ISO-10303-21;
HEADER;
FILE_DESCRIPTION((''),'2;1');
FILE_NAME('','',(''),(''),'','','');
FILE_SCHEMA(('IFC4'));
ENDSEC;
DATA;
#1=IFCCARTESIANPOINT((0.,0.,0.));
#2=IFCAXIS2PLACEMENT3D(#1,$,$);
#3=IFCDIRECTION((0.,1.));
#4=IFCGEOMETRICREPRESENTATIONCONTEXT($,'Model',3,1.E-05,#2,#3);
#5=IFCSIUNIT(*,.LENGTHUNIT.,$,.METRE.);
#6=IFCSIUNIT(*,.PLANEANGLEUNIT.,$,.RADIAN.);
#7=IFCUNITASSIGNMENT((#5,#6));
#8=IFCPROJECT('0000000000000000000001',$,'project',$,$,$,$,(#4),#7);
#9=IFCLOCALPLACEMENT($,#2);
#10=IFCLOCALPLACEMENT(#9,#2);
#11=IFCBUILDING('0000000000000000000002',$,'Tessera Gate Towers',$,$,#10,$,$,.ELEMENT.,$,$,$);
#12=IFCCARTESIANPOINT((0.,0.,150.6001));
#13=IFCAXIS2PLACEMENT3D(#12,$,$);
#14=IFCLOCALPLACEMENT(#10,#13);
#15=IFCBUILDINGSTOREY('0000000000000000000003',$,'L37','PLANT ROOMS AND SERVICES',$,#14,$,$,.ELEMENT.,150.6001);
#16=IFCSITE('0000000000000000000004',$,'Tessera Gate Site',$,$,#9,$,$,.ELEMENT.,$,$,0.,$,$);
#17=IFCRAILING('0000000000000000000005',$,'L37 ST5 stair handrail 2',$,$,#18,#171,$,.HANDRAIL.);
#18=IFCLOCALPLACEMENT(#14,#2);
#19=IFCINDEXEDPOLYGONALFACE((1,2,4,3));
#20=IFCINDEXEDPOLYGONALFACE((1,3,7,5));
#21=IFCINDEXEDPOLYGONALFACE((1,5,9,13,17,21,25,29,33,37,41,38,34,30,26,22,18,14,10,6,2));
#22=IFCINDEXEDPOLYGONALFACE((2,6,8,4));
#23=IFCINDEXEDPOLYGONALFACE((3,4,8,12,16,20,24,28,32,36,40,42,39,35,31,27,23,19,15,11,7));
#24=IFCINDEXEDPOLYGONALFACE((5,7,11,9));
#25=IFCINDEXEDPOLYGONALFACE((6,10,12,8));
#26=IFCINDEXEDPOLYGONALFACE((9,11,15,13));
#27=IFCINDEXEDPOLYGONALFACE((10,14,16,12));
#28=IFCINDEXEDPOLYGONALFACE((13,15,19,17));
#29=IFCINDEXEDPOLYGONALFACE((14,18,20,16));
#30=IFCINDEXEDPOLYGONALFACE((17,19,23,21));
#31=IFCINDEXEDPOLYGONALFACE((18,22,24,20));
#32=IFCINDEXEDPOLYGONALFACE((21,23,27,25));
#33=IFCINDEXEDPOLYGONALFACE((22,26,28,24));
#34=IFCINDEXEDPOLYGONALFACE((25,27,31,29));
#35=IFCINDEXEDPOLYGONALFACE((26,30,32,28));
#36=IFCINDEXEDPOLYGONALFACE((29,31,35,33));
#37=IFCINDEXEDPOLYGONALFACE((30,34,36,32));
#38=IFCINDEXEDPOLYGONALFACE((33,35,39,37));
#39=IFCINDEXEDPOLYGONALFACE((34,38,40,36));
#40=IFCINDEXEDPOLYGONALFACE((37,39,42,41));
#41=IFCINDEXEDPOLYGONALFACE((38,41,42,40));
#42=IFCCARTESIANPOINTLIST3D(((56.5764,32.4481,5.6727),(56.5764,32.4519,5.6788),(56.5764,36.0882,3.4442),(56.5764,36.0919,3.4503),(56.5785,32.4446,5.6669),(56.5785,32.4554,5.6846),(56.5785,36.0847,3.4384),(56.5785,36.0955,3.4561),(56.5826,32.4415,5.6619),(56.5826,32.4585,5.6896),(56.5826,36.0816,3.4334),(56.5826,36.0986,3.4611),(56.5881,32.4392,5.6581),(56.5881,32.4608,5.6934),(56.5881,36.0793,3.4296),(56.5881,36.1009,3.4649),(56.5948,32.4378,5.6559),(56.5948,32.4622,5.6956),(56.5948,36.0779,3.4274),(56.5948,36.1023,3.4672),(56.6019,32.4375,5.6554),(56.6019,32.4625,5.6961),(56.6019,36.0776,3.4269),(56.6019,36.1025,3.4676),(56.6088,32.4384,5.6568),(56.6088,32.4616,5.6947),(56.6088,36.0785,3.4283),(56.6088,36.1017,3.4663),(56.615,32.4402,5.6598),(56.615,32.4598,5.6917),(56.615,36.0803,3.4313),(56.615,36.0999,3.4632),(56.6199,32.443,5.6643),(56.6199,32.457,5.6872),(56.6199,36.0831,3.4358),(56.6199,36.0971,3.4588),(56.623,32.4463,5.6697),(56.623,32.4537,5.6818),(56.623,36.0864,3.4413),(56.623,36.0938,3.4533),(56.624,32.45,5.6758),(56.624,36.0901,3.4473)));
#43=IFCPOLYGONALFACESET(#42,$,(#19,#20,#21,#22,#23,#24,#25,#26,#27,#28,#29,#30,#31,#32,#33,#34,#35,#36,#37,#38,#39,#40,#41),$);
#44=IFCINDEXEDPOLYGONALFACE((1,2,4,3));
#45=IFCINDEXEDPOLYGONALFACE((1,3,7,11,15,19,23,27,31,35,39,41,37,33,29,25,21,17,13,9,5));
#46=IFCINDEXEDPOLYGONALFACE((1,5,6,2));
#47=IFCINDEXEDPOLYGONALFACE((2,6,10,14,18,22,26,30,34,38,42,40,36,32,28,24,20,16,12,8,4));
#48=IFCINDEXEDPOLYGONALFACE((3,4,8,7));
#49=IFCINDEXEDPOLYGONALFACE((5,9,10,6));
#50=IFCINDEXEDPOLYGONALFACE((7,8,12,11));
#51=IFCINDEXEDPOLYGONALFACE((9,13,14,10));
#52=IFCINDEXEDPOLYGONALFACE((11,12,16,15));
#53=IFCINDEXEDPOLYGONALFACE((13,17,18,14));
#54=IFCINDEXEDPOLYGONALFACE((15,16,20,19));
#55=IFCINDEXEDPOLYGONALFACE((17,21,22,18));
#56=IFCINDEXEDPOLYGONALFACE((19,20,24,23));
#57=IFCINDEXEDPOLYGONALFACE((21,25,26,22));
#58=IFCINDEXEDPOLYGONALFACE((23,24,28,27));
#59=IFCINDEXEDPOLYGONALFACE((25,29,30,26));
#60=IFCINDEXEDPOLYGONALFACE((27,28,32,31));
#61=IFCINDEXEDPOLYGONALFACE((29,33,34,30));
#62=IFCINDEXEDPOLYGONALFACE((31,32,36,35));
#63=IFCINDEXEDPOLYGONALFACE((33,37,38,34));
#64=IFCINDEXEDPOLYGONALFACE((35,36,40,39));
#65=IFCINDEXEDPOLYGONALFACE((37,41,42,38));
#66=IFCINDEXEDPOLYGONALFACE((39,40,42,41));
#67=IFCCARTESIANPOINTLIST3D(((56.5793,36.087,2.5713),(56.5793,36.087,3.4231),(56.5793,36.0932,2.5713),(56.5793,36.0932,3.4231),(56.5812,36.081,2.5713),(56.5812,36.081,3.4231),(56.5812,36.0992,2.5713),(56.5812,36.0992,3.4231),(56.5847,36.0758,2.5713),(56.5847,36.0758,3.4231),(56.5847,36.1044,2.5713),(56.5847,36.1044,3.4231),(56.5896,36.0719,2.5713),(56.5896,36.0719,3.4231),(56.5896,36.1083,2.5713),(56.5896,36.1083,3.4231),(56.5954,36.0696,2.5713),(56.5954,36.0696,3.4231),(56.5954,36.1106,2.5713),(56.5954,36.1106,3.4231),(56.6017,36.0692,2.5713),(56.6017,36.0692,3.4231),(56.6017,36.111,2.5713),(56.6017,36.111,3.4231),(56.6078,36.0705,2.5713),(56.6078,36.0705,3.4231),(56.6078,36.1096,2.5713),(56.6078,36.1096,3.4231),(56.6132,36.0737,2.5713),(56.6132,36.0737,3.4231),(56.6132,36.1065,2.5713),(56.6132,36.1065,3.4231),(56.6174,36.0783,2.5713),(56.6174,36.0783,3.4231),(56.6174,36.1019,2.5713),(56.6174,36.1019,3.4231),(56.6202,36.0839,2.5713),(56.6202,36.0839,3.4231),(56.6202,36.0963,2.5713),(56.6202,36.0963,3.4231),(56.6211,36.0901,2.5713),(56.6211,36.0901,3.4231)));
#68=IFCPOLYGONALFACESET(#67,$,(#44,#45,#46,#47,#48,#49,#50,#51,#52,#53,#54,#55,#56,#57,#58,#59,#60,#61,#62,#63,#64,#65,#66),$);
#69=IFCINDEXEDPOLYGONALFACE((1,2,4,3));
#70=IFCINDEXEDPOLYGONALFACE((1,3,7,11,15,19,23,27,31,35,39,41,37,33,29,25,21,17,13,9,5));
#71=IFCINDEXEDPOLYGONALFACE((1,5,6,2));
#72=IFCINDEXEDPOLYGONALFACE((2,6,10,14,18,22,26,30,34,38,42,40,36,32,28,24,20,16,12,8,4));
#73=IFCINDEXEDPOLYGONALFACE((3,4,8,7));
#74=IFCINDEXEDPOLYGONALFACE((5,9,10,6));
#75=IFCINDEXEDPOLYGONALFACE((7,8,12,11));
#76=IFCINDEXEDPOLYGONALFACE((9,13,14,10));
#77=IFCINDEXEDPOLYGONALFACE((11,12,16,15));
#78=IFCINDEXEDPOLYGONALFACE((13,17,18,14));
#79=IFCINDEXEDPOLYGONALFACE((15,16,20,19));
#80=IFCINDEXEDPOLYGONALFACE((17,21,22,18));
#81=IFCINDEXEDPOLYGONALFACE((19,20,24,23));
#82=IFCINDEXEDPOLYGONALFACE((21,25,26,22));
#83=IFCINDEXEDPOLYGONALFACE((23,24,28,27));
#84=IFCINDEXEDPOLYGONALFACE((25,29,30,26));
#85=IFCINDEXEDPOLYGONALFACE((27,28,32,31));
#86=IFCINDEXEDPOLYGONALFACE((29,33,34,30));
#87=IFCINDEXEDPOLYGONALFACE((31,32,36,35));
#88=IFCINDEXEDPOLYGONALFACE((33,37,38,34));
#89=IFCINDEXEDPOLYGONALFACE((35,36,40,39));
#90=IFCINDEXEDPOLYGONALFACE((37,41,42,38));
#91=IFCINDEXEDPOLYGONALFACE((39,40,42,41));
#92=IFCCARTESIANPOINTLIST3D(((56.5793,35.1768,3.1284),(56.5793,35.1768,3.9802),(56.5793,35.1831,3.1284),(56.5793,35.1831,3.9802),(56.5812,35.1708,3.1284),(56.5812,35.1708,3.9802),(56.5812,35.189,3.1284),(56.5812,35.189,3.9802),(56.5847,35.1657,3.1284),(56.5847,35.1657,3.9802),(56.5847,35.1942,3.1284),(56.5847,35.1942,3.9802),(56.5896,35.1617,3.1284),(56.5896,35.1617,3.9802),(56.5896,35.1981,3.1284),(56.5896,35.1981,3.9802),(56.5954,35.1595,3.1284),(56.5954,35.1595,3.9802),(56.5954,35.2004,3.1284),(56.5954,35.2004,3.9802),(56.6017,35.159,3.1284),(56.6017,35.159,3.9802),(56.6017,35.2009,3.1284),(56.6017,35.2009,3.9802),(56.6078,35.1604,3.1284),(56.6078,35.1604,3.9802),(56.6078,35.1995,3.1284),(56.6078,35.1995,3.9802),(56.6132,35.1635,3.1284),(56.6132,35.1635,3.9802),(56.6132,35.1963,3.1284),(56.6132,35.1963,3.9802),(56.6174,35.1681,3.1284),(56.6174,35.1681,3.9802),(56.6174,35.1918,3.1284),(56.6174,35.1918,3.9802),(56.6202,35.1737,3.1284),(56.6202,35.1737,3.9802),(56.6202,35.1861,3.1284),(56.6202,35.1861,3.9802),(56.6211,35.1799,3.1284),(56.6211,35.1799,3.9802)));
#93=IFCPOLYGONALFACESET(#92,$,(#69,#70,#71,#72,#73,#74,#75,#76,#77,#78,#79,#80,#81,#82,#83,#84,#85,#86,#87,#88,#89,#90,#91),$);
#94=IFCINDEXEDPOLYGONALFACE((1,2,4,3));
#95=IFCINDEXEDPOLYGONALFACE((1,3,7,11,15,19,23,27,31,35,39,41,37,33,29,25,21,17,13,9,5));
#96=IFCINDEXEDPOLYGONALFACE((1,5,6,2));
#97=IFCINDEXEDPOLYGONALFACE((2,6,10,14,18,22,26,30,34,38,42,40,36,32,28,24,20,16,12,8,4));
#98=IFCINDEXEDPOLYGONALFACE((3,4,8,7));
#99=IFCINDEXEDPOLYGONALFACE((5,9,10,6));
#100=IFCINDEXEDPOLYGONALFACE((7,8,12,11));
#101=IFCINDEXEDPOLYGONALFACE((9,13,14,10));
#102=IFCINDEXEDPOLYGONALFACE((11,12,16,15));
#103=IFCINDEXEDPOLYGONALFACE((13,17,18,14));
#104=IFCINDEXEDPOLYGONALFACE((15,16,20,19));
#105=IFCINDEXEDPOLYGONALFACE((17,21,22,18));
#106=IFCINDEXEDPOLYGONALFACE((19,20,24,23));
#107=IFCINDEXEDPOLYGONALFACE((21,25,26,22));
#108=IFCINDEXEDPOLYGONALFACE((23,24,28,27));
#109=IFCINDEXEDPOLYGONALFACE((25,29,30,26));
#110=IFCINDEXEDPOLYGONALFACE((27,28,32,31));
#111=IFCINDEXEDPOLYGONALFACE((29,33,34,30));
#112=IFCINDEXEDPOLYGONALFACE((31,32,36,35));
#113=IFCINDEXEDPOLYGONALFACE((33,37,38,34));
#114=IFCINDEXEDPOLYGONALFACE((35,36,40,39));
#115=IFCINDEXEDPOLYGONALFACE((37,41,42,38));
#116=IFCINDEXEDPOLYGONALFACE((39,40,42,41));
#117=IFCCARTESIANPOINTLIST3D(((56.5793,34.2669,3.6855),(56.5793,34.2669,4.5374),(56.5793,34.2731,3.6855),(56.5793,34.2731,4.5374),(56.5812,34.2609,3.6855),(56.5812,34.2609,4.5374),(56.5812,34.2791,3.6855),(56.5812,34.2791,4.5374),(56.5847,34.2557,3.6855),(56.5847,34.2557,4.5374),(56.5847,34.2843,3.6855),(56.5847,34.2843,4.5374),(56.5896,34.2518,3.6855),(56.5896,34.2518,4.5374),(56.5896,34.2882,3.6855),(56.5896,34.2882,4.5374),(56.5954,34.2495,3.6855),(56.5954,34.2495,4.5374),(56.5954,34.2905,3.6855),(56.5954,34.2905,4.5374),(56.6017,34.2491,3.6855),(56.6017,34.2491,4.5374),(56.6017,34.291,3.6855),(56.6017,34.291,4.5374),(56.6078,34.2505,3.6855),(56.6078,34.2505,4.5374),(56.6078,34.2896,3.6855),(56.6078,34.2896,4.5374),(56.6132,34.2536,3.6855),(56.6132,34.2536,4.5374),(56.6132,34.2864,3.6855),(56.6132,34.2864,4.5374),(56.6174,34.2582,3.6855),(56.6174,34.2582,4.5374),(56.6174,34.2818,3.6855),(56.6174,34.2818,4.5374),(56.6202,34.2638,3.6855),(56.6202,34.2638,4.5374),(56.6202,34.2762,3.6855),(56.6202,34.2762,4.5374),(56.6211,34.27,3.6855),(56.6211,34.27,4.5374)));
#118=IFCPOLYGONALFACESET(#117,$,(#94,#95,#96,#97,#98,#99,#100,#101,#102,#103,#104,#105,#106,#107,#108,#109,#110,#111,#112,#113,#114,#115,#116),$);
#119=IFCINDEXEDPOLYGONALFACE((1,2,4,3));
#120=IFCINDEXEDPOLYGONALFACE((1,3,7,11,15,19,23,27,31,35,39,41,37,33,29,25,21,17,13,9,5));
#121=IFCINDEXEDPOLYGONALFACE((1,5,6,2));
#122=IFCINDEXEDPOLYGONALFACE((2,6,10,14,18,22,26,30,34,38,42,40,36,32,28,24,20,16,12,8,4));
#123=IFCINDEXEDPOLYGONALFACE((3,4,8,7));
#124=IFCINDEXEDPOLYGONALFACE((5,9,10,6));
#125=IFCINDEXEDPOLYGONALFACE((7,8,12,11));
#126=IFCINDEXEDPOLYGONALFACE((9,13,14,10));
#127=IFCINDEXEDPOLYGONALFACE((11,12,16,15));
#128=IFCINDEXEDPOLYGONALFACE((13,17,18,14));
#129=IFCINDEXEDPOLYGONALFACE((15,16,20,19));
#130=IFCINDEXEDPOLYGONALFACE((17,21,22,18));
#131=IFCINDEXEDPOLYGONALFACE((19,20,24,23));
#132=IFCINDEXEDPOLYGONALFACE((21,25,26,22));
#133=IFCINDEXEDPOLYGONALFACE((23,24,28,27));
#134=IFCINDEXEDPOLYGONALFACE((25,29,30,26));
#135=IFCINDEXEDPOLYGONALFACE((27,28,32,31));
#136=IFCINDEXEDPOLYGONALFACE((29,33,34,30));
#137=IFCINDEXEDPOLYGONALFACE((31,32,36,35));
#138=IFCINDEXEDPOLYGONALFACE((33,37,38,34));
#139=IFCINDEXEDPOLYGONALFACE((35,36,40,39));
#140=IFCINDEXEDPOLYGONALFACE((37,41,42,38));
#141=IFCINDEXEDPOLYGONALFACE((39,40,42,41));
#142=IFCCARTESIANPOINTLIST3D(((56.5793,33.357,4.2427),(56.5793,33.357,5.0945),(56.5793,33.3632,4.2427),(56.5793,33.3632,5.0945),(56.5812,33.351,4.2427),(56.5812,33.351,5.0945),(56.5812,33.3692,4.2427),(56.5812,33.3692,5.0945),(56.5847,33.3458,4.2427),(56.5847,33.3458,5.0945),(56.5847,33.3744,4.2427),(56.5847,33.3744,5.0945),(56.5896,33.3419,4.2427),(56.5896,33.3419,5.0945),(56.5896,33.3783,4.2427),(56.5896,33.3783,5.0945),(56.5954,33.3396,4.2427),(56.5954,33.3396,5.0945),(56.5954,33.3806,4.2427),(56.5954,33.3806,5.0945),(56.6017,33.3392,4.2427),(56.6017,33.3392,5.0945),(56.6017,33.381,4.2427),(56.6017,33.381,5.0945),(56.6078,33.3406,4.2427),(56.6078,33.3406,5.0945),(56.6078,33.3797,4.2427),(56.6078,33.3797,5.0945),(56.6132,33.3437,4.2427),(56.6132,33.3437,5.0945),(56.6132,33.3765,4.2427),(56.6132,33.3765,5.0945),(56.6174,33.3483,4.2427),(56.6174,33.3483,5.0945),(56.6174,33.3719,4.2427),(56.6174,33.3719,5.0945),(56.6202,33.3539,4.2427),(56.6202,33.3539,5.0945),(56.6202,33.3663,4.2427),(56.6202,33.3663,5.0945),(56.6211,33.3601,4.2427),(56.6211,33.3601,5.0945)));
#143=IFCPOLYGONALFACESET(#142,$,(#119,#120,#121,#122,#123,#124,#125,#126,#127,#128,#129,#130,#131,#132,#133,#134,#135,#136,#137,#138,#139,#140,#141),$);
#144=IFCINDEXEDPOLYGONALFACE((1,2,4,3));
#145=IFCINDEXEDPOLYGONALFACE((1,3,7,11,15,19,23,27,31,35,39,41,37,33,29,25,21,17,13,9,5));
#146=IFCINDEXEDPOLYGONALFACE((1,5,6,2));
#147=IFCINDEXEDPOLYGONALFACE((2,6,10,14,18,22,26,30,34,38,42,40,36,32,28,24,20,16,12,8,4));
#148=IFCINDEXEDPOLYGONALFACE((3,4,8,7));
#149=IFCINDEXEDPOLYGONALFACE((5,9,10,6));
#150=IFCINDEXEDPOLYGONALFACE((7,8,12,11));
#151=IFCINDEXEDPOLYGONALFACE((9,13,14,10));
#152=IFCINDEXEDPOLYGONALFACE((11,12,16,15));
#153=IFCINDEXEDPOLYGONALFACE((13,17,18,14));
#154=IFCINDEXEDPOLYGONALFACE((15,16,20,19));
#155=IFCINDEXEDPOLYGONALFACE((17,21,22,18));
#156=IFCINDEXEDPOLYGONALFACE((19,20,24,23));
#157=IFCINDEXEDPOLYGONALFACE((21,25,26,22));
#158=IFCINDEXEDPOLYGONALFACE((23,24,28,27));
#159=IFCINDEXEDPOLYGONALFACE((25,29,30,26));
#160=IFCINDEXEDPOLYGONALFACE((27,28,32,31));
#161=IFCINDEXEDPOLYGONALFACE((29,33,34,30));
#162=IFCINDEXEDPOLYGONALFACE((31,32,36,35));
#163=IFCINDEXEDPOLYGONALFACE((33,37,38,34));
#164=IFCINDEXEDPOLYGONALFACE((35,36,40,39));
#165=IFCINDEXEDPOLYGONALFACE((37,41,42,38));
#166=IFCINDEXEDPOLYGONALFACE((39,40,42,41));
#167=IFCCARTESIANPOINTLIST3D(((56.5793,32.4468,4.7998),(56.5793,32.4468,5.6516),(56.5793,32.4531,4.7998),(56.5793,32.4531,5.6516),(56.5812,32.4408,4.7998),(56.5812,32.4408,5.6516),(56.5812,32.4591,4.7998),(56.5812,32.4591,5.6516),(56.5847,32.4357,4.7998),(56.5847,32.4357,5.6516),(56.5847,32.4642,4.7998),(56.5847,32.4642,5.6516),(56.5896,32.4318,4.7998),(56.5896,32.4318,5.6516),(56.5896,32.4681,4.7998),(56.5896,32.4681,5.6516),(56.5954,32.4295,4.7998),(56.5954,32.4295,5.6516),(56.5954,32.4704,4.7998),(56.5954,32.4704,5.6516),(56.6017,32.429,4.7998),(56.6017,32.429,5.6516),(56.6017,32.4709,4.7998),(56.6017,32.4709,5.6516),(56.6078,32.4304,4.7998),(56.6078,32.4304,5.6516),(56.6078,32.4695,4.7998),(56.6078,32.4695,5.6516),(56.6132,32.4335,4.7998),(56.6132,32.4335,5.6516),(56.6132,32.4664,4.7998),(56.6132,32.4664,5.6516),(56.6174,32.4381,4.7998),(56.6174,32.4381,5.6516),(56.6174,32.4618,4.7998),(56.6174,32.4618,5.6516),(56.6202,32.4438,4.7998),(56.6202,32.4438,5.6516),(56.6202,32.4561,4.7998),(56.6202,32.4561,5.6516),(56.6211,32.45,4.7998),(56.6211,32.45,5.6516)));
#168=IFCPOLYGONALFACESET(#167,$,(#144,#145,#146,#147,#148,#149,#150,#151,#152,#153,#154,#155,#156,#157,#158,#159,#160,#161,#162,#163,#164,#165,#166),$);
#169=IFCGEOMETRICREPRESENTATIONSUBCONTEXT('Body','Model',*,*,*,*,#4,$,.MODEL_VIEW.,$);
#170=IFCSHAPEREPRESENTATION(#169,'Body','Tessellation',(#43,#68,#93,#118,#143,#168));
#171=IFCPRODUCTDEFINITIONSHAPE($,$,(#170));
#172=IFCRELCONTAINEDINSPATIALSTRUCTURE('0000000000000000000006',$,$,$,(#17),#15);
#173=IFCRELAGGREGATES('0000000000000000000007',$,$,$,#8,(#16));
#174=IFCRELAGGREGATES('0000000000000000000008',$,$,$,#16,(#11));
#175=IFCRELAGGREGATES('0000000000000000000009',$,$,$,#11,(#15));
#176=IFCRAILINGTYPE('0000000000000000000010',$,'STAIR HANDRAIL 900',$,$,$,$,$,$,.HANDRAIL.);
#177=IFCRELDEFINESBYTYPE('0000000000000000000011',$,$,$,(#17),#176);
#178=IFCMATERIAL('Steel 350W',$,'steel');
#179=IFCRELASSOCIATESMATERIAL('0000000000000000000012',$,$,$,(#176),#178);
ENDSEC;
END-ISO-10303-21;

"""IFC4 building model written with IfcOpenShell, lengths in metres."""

from ifc_helpers import new_model, si_unit, direction, frame, origin, origin_2d, place, context, subcontext, project, spatial, circle, extrude, material, type_object, element, save


model = new_model("IFC4")

# Units and contexts
model_context = context("Model", 3, precision=1e-05, world=origin(), true_north=direction((0.0, 1.0)))
body_context = subcontext(model_context, "Body", "Model", "MODEL_VIEW")
ifc_project = project(units=[si_unit("LENGTHUNIT", "METRE"), si_unit("PLANEANGLEUNIT", "RADIAN")], contexts=[model_context])

# Site, building, storey
site_placement = place(None, origin())
site = spatial("IfcSite", under=ifc_project, at=site_placement, Name="Tessera Gate Site", CompositionType="ELEMENT", RefElevation=0.0)
building_placement = place(site_placement, origin())
building = spatial("IfcBuilding", under=site, at=building_placement, Name="Tessera Gate Towers", CompositionType="ELEMENT")
storey_placement = place(building_placement, frame((0.0, 0.0, 150.6001)))
storey = spatial("IfcBuildingStorey", under=building, at=storey_placement, Name="L37", Description="PLANT ROOMS AND SERVICES", CompositionType="ELEMENT", Elevation=150.6001)

# Railing
ifc_material_1 = material(Name="Steel 350W", Category="steel")
railing_type_1 = type_object("IfcRailingType", Name="STAIR HANDRAIL 900", PredefinedType="HANDRAIL", material=ifc_material_1)
railing_1_placement = place(storey_placement, frame((56.6001, 36.0901, 2.5713)))
element("IfcRailing", 1, at=railing_1_placement, inside=storey, type_object=railing_type_1, Name="L37 ST5 stair handrail 2", PredefinedType="HANDRAIL", context=body_context, shape_type="SweptSolid", body=[
    extrude(circle(Radius=0.0239, at=origin_2d()), frame((0.0, 0.0, 0.876), z_axis=(0.0, -0.852866, 0.52213), x_axis=(1.0, 0.0, 0.0)), (0.0, 0.0, 1.0), 4.2681),
    extrude(circle(Radius=0.021, at=origin_2d()), origin(), (0.0, 0.0, 1.0), 0.8518),
    extrude(circle(Radius=0.021, at=origin_2d()), frame((0.0, -0.9102, 0.5571)), (0.0, 0.0, 1.0), 0.8518),
    extrude(circle(Radius=0.021, at=origin_2d()), frame((0.0, -1.8201, 1.1143)), (0.0, 0.0, 1.0), 0.8518),
    extrude(circle(Radius=0.021, at=origin_2d()), frame((0.0, -2.73, 1.6714)), (0.0, 0.0, 1.0), 0.8518),
    extrude(circle(Radius=0.021, at=origin_2d()), frame((0.0, -3.6401, 2.2285)), (0.0, 0.0, 1.0), 0.8518),
])

save(model, "model.ifc")
